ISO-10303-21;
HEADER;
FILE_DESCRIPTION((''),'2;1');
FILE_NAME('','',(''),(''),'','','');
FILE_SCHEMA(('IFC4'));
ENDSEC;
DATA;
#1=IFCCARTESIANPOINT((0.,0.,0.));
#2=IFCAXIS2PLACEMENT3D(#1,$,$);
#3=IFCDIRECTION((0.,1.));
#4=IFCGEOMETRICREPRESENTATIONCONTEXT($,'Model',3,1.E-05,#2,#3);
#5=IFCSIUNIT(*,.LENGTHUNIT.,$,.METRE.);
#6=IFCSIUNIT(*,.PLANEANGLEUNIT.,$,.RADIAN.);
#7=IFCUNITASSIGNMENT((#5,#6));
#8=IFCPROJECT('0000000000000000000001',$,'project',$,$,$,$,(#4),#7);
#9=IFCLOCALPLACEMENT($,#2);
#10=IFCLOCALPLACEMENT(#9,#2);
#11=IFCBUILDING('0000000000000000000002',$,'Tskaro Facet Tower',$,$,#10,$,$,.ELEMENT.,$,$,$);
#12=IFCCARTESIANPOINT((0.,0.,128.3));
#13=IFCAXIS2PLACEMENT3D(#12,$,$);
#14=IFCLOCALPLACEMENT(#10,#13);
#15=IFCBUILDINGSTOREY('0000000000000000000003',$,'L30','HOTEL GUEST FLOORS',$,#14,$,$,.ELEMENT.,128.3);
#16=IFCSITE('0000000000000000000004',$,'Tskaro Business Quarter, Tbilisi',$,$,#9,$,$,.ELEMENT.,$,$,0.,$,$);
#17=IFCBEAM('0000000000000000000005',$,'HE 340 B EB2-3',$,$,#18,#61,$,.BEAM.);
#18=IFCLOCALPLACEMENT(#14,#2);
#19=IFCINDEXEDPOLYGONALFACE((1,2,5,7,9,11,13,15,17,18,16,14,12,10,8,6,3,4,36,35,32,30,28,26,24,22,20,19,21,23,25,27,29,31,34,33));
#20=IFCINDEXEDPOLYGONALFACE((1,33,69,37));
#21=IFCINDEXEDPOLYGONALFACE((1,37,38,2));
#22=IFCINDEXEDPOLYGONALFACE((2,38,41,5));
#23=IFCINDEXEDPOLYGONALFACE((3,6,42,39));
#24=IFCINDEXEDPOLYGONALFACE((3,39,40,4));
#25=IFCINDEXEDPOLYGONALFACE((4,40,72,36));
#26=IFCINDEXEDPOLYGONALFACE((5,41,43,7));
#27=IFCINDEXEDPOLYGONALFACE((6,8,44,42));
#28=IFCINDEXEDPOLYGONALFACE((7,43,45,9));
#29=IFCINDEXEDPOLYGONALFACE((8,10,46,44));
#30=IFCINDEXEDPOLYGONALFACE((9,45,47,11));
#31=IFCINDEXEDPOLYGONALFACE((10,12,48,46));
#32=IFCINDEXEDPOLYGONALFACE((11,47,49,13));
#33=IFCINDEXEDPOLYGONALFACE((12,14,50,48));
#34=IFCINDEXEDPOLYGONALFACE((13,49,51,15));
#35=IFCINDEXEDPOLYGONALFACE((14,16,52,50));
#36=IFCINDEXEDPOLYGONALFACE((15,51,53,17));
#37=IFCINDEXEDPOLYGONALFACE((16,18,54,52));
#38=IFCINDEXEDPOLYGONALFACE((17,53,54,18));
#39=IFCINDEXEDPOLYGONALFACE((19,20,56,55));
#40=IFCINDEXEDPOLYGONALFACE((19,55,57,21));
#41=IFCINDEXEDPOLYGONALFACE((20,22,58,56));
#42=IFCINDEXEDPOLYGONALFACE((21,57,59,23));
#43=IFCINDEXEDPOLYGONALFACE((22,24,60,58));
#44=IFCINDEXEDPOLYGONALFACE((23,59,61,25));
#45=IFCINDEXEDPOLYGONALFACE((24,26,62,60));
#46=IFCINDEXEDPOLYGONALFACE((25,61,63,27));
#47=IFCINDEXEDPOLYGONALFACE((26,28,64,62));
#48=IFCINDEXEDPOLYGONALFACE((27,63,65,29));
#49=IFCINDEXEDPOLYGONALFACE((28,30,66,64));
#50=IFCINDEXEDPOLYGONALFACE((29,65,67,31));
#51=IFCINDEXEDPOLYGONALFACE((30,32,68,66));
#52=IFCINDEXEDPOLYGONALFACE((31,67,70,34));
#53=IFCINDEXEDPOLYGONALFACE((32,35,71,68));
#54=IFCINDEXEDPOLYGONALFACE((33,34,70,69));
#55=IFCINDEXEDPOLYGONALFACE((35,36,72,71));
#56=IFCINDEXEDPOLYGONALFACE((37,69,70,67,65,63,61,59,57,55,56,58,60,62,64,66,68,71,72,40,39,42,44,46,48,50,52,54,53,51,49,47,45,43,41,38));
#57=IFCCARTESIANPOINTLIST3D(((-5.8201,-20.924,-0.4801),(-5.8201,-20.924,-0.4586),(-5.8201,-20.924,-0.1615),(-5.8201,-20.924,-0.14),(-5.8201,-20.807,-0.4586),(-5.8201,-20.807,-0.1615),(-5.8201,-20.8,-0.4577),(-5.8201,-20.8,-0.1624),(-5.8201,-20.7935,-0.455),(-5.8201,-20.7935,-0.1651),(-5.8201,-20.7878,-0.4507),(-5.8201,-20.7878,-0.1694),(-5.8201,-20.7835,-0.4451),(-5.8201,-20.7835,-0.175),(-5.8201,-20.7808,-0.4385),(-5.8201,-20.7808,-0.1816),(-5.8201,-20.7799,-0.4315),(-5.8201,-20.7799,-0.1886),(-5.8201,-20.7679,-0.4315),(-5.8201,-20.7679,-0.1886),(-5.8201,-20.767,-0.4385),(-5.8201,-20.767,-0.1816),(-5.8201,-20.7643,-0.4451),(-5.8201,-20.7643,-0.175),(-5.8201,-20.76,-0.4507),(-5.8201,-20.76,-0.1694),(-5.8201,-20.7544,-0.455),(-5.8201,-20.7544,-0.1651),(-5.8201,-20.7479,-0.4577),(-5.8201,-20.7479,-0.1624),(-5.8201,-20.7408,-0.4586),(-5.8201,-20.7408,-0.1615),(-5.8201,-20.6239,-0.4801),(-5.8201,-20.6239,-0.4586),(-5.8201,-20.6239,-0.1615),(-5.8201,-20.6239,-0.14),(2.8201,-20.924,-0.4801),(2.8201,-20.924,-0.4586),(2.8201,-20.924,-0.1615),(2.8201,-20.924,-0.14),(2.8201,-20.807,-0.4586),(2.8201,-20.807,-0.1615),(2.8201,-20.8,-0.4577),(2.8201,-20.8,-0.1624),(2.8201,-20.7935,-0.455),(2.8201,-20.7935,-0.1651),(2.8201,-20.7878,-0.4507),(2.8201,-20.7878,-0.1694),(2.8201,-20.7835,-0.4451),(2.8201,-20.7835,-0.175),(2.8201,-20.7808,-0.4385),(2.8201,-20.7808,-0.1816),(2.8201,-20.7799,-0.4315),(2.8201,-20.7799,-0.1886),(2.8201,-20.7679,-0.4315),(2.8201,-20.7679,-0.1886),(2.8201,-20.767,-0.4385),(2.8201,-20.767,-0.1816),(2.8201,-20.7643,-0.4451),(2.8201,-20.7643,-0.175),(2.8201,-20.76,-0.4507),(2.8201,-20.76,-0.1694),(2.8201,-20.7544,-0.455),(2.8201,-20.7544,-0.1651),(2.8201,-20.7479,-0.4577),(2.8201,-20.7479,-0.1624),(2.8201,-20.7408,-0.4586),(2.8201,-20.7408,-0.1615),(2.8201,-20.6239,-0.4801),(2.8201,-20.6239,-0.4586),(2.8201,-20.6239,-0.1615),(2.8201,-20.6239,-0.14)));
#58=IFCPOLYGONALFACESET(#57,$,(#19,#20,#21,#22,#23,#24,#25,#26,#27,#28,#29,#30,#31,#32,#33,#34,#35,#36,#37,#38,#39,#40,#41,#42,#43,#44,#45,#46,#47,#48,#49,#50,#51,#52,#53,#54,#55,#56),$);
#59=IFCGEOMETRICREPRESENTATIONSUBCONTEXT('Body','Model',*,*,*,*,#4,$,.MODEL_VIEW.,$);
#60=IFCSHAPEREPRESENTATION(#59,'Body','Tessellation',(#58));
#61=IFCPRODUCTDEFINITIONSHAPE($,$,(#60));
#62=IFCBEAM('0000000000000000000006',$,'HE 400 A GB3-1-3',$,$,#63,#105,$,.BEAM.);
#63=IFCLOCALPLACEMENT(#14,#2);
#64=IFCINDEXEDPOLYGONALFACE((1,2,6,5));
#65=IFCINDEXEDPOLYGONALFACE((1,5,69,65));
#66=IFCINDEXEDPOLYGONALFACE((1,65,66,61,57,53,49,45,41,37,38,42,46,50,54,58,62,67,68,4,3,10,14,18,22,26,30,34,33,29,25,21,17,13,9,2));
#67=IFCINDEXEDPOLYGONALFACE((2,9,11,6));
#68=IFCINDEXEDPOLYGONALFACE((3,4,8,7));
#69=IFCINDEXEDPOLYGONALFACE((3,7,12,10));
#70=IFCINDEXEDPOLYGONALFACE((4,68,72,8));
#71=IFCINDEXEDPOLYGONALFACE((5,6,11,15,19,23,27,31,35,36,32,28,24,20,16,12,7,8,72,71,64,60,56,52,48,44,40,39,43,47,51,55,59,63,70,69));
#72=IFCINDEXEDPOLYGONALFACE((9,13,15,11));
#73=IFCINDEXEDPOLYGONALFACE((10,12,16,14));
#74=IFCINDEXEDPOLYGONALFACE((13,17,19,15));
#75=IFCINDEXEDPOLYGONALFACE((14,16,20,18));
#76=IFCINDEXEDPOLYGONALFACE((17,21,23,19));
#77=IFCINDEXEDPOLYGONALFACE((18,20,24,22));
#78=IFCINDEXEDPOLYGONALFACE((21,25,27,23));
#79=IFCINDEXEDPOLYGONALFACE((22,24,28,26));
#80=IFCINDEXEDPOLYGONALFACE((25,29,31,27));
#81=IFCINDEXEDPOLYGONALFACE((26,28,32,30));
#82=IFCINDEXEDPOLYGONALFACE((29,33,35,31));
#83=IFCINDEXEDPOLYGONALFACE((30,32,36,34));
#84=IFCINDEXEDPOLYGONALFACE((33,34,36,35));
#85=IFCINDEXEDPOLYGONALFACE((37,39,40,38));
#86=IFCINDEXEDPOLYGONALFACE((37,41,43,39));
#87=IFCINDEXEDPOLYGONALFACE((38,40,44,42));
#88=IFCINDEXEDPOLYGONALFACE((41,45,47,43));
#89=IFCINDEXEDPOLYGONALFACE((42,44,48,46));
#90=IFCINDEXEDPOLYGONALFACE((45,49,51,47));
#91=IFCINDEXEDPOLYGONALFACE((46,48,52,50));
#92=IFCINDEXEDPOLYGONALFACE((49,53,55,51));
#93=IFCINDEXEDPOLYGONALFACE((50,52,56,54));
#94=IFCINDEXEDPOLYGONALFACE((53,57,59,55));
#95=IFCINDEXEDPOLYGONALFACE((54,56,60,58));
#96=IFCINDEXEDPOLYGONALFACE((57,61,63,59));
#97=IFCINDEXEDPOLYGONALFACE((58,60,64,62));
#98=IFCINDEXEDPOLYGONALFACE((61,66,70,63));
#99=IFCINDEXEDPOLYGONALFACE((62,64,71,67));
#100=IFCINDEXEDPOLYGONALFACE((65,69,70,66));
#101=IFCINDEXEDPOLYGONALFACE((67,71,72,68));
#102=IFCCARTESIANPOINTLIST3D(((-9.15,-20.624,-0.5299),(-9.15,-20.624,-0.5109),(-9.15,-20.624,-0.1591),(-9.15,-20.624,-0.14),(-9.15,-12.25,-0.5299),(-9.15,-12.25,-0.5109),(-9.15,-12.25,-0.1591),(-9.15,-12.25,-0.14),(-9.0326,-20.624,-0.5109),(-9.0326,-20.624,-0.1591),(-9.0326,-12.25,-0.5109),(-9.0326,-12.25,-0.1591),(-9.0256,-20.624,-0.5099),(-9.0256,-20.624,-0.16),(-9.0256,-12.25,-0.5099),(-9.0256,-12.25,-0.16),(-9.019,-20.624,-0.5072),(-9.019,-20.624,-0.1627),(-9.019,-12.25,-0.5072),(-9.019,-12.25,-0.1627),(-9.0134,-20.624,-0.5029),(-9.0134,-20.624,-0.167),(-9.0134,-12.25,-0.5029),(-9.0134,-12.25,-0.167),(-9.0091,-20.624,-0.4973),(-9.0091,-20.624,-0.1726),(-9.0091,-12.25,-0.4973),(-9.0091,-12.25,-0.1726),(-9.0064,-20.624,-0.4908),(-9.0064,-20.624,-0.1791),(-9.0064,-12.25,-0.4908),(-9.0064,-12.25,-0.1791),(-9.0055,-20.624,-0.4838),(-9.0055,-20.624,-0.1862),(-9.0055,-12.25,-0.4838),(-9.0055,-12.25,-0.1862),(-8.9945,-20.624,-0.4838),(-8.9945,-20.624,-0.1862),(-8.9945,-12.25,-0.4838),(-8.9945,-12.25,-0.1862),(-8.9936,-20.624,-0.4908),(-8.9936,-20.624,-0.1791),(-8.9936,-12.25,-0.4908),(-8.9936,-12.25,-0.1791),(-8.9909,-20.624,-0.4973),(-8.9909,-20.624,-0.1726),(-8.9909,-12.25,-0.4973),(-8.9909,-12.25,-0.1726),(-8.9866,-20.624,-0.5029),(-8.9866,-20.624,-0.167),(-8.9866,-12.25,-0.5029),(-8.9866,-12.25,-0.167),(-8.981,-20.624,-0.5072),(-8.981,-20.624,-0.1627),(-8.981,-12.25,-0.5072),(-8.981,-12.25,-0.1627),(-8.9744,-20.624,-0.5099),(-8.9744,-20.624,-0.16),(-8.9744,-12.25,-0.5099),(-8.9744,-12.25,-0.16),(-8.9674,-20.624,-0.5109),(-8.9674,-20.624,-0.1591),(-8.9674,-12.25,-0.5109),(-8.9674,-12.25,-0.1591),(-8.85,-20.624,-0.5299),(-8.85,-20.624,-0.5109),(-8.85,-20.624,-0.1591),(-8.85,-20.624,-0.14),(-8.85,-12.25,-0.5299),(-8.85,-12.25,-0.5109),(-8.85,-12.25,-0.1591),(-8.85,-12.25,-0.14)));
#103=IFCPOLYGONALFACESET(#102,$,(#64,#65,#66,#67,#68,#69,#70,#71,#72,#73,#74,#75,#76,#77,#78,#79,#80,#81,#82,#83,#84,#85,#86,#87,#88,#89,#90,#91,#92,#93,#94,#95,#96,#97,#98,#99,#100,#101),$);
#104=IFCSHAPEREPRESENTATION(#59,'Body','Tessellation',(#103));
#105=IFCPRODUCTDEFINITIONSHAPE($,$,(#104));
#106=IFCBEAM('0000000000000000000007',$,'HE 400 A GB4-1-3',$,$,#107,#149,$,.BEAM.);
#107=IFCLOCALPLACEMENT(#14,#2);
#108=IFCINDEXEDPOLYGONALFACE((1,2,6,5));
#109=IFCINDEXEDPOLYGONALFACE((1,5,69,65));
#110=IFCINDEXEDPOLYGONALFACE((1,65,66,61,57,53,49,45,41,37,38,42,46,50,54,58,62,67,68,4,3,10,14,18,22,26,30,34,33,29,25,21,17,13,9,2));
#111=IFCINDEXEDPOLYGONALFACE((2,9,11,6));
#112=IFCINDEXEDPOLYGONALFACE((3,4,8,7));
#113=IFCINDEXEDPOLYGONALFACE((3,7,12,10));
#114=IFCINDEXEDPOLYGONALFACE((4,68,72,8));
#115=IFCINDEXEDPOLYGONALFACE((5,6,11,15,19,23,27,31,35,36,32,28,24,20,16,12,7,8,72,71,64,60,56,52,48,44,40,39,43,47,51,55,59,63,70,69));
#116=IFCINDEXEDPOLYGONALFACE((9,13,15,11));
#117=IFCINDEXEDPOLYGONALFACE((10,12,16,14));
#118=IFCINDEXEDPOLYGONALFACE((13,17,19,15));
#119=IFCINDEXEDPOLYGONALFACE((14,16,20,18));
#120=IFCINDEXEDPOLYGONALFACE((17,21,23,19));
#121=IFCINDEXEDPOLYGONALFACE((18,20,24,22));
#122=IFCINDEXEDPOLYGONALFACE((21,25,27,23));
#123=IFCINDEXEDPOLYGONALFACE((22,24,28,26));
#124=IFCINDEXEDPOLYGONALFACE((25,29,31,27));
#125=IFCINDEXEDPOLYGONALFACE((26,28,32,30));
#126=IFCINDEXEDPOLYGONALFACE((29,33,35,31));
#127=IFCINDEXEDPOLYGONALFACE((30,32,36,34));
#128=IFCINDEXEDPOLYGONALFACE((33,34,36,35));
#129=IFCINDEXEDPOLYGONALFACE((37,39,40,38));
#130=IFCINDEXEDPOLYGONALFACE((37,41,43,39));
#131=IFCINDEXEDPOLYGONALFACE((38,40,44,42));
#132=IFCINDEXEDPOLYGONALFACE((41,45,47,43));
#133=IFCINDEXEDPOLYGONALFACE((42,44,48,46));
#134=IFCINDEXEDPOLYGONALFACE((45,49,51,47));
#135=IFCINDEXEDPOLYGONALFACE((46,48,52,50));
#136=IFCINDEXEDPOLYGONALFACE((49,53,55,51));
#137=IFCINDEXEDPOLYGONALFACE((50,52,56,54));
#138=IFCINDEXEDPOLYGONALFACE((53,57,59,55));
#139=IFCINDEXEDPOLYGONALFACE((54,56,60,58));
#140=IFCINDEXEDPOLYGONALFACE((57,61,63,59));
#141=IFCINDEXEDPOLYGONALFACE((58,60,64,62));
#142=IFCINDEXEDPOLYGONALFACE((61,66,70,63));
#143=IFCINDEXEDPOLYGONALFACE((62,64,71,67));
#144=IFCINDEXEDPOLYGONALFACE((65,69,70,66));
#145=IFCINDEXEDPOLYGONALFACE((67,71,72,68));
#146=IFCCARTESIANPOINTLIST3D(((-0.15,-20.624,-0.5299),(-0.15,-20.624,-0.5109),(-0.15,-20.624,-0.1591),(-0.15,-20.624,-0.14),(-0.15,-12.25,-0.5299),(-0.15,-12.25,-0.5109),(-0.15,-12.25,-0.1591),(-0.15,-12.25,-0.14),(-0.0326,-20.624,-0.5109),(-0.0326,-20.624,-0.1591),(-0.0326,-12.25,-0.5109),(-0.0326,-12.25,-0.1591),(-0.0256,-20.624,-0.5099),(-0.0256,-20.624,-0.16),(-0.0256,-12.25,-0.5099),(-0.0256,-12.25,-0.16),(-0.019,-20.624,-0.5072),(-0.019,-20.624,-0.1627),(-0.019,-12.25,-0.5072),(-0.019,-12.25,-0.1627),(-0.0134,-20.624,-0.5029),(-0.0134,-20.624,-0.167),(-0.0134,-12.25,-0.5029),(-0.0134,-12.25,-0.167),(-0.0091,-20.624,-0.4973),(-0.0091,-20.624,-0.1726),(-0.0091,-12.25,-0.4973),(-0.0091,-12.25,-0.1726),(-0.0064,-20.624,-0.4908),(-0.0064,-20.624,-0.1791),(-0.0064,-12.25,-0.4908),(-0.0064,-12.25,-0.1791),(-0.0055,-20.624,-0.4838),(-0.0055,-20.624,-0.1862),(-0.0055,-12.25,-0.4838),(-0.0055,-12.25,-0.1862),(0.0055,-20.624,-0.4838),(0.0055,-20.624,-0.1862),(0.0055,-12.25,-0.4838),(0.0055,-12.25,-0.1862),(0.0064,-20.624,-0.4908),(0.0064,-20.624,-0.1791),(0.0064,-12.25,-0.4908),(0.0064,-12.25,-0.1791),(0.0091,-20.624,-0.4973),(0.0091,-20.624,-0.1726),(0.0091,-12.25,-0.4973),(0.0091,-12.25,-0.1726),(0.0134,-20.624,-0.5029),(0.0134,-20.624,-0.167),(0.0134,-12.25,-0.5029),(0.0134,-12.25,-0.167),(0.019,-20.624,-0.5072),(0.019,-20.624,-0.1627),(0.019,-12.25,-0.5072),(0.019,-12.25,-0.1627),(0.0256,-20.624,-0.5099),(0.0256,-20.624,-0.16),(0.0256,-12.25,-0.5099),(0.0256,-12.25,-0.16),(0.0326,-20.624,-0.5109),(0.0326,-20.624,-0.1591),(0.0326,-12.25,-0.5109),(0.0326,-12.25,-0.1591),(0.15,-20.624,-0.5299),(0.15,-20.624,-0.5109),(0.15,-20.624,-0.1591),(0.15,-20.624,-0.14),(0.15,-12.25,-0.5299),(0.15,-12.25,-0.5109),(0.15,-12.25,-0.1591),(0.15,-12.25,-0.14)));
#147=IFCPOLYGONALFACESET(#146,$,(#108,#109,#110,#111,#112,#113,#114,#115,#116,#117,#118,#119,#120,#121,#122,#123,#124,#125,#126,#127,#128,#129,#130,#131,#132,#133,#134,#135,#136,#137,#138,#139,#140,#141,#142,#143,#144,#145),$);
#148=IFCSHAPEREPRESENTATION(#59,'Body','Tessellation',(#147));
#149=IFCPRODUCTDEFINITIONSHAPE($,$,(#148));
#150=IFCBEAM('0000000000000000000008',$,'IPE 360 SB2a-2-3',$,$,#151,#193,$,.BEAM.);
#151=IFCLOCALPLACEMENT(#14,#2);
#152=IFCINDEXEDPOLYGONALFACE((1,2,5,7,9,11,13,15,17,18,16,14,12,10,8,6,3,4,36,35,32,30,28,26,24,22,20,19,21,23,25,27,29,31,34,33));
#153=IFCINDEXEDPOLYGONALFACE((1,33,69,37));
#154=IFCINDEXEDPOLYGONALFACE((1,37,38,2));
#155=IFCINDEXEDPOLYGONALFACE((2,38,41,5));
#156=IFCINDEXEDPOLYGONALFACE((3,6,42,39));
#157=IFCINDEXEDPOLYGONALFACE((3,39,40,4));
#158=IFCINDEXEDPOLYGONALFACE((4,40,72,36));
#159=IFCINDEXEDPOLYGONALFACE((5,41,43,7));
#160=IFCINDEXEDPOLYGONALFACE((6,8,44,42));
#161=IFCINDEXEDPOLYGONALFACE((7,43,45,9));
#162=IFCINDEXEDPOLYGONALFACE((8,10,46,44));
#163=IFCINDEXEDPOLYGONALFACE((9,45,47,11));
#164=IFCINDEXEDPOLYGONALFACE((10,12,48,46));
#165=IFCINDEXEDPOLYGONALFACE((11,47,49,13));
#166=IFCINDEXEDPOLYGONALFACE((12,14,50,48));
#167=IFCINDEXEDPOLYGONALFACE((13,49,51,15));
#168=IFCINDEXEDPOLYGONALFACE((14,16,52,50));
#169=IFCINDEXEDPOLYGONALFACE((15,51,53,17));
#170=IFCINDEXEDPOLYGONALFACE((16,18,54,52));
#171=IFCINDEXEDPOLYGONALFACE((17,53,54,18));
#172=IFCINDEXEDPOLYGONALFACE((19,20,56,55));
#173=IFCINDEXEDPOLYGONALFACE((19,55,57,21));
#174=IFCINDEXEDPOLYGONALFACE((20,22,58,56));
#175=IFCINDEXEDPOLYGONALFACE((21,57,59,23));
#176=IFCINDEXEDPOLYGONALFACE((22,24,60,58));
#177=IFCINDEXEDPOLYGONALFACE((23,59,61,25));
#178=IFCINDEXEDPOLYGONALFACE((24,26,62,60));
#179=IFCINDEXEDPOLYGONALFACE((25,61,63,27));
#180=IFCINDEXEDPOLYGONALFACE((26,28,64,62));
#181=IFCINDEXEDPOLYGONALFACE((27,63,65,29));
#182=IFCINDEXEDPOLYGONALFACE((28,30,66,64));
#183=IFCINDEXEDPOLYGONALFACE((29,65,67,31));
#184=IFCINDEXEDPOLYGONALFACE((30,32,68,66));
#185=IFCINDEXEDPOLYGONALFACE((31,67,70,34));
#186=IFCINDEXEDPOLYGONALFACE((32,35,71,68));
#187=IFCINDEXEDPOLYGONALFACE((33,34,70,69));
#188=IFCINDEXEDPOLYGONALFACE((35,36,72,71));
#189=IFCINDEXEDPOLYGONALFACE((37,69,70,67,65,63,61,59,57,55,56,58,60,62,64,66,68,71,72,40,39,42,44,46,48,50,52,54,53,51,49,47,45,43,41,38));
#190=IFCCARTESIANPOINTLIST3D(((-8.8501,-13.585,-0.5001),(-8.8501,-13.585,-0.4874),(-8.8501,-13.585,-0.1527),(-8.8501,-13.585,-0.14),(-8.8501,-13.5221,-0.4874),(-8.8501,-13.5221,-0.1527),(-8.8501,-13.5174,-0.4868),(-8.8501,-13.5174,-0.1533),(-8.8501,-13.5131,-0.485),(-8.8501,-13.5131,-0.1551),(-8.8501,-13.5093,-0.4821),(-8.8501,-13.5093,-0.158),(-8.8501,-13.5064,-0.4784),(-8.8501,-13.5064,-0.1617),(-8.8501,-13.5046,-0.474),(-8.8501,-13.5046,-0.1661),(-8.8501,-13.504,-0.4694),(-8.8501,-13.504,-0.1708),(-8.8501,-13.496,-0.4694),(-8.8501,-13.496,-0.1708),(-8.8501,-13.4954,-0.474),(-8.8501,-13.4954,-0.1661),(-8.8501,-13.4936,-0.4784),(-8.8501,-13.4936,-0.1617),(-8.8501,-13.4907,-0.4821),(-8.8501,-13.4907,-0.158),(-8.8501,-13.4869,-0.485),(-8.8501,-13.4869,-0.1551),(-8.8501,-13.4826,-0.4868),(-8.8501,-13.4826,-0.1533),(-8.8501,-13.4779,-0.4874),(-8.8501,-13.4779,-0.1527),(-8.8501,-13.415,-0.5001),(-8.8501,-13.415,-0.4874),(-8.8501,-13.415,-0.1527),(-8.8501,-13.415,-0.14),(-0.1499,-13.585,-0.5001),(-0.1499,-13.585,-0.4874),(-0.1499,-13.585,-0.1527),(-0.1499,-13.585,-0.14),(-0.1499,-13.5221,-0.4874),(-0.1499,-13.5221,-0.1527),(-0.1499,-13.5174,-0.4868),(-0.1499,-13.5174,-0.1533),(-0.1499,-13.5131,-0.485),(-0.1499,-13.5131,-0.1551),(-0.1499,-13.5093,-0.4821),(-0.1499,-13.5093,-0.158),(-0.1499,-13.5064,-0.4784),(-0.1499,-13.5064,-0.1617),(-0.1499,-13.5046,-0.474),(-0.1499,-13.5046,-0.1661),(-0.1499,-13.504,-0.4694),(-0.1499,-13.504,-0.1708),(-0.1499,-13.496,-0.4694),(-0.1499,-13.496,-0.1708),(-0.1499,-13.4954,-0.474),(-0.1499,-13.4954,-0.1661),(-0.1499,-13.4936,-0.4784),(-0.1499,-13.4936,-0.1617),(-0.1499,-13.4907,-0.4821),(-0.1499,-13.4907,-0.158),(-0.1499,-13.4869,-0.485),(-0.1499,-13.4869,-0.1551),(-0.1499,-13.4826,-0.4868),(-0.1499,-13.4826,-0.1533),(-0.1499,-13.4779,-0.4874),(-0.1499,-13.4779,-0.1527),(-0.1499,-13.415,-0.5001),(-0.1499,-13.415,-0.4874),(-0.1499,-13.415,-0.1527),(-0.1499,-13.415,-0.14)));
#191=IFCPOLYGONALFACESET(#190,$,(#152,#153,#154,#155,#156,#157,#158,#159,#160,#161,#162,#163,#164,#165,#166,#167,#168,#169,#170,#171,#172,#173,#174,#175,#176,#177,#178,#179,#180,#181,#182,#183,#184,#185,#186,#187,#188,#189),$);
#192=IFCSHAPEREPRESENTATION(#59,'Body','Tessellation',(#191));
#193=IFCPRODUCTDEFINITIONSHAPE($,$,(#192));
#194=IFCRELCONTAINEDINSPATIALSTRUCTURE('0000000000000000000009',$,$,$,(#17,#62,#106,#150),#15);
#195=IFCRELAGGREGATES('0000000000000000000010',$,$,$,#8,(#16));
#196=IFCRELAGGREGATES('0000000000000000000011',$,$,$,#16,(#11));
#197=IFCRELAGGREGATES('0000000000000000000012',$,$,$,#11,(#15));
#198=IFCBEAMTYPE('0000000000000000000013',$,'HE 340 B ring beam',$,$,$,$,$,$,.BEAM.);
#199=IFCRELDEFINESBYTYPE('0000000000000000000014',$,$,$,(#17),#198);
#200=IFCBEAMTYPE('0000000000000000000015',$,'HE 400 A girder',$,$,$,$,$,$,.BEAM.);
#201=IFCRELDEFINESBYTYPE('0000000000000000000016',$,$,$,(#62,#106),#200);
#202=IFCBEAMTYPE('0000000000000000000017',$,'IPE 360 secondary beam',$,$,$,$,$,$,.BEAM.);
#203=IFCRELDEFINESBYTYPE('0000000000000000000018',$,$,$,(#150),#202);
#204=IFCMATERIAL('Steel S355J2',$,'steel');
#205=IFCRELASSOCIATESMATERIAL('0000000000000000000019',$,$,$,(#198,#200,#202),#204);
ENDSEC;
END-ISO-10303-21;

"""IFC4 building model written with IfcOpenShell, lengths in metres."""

from ifc_helpers import new_model, si_unit, direction, frame, origin, origin_2d, place, context, subcontext, project, spatial, i_section, extrude, material, material_profile, profile_set, type_object, element, save


model = new_model("IFC4")

# Units and contexts
model_context = context("Model", 3, precision=1e-05, world=origin(), true_north=direction((0.0, 1.0)))
body_context = subcontext(model_context, "Body", "Model", "MODEL_VIEW")
ifc_project = project(units=[si_unit("LENGTHUNIT", "METRE"), si_unit("PLANEANGLEUNIT", "RADIAN")], contexts=[model_context])

# Site, building, storey
site_placement = place(None, origin())
site = spatial("IfcSite", under=ifc_project, at=site_placement, Name="Tskaro Business Quarter, Tbilisi", CompositionType="ELEMENT", RefElevation=0.0)
building_placement = place(site_placement, origin())
building = spatial("IfcBuilding", under=site, at=building_placement, Name="Tskaro Facet Tower", CompositionType="ELEMENT")
storey_placement = place(building_placement, frame((0.0, 0.0, 128.3)))
storey = spatial("IfcBuildingStorey", under=building, at=storey_placement, Name="L30", Description="HOTEL GUEST FLOORS", CompositionType="ELEMENT", Elevation=128.3)

# Beams
ifc_material_1 = material(Name="Steel S355J2", Category="steel")
ifc_material_profile_1 = material_profile(ifc_material_1, i_section(OverallWidth=0.3, OverallDepth=0.3401, WebThickness=0.012, FlangeThickness=0.0215, FilletRadius=0.0271, at=origin_2d()), Name="HE 340 B")
ifc_profile_set_1 = profile_set([ifc_material_profile_1], Name="Steel S355J2")
beam_type_1 = type_object("IfcBeamType", Name="HE 340 B ring beam", PredefinedType="BEAM", material=ifc_profile_set_1)
beam_1_placement = place(storey_placement, frame((-5.8201, -20.7739, -0.3101), z_axis=(1.0, 0.0, 0.0), x_axis=(0.0, 1.0, 0.0)))
element("IfcBeam", 1, at=beam_1_placement, inside=storey, type_object=beam_type_1, Name="HE 340 B EB2-3", PredefinedType="BEAM", context=body_context, shape_type="SweptSolid", body=[
    extrude(i_section(OverallWidth=0.3, OverallDepth=0.3401, WebThickness=0.012, FlangeThickness=0.0215, FilletRadius=0.0271, at=origin_2d()), origin(), (0.0, 0.0, 1.0), 8.6401),
])
ifc_material_profile_2 = material_profile(ifc_material_1, i_section(OverallWidth=0.3, OverallDepth=0.3899, WebThickness=0.011, FlangeThickness=0.019, FilletRadius=0.0271, at=origin_2d()), Name="HE 400 A")
ifc_profile_set_2 = profile_set([ifc_material_profile_2], Name="Steel S355J2")
beam_type_2 = type_object("IfcBeamType", Name="HE 400 A girder", PredefinedType="BEAM", material=ifc_profile_set_2)
for number, where, z_axis, x_axis, name in (
    (2, (-9.0, -20.624, -0.335), (0.0, 1.0, 0.0), (-1.0, 0.0, 0.0), "HE 400 A GB3-1-3"),
    (3, (0.0, -20.624, -0.335), (0.0, 1.0, 0.0), (-1.0, 0.0, 0.0), "HE 400 A GB4-1-3"),
):
    element("IfcBeam", number, at=place(storey_placement, frame(where, z_axis=z_axis, x_axis=x_axis)), inside=storey, type_object=beam_type_2, Name=name, PredefinedType="BEAM", context=body_context, shape_type="SweptSolid", body=[
        extrude(i_section(OverallWidth=0.3, OverallDepth=0.3899, WebThickness=0.011, FlangeThickness=0.019, FilletRadius=0.0271, at=origin_2d()), origin(), (0.0, 0.0, 1.0), 8.374),
    ])
ifc_material_profile_3 = material_profile(ifc_material_1, i_section(OverallWidth=0.1699, OverallDepth=0.3601, WebThickness=0.0081, FlangeThickness=0.0127, FilletRadius=0.0181, at=origin_2d()), Name="IPE 360")
ifc_profile_set_3 = profile_set([ifc_material_profile_3], Name="Steel S355J2")
beam_type_3 = type_object("IfcBeamType", Name="IPE 360 secondary beam", PredefinedType="BEAM", material=ifc_profile_set_3)
beam_2_placement = place(storey_placement, frame((-8.8501, -13.5, -0.3201), z_axis=(1.0, 0.0, 0.0), x_axis=(0.0, 1.0, 0.0)))
element("IfcBeam", 4, at=beam_2_placement, inside=storey, type_object=beam_type_3, Name="IPE 360 SB2a-2-3", PredefinedType="BEAM", context=body_context, shape_type="SweptSolid", body=[
    extrude(i_section(OverallWidth=0.1699, OverallDepth=0.3601, WebThickness=0.0081, FlangeThickness=0.0127, FilletRadius=0.0181, at=origin_2d()), origin(), (0.0, 0.0, 1.0), 8.7002),
])

save(model, "model.ifc")
